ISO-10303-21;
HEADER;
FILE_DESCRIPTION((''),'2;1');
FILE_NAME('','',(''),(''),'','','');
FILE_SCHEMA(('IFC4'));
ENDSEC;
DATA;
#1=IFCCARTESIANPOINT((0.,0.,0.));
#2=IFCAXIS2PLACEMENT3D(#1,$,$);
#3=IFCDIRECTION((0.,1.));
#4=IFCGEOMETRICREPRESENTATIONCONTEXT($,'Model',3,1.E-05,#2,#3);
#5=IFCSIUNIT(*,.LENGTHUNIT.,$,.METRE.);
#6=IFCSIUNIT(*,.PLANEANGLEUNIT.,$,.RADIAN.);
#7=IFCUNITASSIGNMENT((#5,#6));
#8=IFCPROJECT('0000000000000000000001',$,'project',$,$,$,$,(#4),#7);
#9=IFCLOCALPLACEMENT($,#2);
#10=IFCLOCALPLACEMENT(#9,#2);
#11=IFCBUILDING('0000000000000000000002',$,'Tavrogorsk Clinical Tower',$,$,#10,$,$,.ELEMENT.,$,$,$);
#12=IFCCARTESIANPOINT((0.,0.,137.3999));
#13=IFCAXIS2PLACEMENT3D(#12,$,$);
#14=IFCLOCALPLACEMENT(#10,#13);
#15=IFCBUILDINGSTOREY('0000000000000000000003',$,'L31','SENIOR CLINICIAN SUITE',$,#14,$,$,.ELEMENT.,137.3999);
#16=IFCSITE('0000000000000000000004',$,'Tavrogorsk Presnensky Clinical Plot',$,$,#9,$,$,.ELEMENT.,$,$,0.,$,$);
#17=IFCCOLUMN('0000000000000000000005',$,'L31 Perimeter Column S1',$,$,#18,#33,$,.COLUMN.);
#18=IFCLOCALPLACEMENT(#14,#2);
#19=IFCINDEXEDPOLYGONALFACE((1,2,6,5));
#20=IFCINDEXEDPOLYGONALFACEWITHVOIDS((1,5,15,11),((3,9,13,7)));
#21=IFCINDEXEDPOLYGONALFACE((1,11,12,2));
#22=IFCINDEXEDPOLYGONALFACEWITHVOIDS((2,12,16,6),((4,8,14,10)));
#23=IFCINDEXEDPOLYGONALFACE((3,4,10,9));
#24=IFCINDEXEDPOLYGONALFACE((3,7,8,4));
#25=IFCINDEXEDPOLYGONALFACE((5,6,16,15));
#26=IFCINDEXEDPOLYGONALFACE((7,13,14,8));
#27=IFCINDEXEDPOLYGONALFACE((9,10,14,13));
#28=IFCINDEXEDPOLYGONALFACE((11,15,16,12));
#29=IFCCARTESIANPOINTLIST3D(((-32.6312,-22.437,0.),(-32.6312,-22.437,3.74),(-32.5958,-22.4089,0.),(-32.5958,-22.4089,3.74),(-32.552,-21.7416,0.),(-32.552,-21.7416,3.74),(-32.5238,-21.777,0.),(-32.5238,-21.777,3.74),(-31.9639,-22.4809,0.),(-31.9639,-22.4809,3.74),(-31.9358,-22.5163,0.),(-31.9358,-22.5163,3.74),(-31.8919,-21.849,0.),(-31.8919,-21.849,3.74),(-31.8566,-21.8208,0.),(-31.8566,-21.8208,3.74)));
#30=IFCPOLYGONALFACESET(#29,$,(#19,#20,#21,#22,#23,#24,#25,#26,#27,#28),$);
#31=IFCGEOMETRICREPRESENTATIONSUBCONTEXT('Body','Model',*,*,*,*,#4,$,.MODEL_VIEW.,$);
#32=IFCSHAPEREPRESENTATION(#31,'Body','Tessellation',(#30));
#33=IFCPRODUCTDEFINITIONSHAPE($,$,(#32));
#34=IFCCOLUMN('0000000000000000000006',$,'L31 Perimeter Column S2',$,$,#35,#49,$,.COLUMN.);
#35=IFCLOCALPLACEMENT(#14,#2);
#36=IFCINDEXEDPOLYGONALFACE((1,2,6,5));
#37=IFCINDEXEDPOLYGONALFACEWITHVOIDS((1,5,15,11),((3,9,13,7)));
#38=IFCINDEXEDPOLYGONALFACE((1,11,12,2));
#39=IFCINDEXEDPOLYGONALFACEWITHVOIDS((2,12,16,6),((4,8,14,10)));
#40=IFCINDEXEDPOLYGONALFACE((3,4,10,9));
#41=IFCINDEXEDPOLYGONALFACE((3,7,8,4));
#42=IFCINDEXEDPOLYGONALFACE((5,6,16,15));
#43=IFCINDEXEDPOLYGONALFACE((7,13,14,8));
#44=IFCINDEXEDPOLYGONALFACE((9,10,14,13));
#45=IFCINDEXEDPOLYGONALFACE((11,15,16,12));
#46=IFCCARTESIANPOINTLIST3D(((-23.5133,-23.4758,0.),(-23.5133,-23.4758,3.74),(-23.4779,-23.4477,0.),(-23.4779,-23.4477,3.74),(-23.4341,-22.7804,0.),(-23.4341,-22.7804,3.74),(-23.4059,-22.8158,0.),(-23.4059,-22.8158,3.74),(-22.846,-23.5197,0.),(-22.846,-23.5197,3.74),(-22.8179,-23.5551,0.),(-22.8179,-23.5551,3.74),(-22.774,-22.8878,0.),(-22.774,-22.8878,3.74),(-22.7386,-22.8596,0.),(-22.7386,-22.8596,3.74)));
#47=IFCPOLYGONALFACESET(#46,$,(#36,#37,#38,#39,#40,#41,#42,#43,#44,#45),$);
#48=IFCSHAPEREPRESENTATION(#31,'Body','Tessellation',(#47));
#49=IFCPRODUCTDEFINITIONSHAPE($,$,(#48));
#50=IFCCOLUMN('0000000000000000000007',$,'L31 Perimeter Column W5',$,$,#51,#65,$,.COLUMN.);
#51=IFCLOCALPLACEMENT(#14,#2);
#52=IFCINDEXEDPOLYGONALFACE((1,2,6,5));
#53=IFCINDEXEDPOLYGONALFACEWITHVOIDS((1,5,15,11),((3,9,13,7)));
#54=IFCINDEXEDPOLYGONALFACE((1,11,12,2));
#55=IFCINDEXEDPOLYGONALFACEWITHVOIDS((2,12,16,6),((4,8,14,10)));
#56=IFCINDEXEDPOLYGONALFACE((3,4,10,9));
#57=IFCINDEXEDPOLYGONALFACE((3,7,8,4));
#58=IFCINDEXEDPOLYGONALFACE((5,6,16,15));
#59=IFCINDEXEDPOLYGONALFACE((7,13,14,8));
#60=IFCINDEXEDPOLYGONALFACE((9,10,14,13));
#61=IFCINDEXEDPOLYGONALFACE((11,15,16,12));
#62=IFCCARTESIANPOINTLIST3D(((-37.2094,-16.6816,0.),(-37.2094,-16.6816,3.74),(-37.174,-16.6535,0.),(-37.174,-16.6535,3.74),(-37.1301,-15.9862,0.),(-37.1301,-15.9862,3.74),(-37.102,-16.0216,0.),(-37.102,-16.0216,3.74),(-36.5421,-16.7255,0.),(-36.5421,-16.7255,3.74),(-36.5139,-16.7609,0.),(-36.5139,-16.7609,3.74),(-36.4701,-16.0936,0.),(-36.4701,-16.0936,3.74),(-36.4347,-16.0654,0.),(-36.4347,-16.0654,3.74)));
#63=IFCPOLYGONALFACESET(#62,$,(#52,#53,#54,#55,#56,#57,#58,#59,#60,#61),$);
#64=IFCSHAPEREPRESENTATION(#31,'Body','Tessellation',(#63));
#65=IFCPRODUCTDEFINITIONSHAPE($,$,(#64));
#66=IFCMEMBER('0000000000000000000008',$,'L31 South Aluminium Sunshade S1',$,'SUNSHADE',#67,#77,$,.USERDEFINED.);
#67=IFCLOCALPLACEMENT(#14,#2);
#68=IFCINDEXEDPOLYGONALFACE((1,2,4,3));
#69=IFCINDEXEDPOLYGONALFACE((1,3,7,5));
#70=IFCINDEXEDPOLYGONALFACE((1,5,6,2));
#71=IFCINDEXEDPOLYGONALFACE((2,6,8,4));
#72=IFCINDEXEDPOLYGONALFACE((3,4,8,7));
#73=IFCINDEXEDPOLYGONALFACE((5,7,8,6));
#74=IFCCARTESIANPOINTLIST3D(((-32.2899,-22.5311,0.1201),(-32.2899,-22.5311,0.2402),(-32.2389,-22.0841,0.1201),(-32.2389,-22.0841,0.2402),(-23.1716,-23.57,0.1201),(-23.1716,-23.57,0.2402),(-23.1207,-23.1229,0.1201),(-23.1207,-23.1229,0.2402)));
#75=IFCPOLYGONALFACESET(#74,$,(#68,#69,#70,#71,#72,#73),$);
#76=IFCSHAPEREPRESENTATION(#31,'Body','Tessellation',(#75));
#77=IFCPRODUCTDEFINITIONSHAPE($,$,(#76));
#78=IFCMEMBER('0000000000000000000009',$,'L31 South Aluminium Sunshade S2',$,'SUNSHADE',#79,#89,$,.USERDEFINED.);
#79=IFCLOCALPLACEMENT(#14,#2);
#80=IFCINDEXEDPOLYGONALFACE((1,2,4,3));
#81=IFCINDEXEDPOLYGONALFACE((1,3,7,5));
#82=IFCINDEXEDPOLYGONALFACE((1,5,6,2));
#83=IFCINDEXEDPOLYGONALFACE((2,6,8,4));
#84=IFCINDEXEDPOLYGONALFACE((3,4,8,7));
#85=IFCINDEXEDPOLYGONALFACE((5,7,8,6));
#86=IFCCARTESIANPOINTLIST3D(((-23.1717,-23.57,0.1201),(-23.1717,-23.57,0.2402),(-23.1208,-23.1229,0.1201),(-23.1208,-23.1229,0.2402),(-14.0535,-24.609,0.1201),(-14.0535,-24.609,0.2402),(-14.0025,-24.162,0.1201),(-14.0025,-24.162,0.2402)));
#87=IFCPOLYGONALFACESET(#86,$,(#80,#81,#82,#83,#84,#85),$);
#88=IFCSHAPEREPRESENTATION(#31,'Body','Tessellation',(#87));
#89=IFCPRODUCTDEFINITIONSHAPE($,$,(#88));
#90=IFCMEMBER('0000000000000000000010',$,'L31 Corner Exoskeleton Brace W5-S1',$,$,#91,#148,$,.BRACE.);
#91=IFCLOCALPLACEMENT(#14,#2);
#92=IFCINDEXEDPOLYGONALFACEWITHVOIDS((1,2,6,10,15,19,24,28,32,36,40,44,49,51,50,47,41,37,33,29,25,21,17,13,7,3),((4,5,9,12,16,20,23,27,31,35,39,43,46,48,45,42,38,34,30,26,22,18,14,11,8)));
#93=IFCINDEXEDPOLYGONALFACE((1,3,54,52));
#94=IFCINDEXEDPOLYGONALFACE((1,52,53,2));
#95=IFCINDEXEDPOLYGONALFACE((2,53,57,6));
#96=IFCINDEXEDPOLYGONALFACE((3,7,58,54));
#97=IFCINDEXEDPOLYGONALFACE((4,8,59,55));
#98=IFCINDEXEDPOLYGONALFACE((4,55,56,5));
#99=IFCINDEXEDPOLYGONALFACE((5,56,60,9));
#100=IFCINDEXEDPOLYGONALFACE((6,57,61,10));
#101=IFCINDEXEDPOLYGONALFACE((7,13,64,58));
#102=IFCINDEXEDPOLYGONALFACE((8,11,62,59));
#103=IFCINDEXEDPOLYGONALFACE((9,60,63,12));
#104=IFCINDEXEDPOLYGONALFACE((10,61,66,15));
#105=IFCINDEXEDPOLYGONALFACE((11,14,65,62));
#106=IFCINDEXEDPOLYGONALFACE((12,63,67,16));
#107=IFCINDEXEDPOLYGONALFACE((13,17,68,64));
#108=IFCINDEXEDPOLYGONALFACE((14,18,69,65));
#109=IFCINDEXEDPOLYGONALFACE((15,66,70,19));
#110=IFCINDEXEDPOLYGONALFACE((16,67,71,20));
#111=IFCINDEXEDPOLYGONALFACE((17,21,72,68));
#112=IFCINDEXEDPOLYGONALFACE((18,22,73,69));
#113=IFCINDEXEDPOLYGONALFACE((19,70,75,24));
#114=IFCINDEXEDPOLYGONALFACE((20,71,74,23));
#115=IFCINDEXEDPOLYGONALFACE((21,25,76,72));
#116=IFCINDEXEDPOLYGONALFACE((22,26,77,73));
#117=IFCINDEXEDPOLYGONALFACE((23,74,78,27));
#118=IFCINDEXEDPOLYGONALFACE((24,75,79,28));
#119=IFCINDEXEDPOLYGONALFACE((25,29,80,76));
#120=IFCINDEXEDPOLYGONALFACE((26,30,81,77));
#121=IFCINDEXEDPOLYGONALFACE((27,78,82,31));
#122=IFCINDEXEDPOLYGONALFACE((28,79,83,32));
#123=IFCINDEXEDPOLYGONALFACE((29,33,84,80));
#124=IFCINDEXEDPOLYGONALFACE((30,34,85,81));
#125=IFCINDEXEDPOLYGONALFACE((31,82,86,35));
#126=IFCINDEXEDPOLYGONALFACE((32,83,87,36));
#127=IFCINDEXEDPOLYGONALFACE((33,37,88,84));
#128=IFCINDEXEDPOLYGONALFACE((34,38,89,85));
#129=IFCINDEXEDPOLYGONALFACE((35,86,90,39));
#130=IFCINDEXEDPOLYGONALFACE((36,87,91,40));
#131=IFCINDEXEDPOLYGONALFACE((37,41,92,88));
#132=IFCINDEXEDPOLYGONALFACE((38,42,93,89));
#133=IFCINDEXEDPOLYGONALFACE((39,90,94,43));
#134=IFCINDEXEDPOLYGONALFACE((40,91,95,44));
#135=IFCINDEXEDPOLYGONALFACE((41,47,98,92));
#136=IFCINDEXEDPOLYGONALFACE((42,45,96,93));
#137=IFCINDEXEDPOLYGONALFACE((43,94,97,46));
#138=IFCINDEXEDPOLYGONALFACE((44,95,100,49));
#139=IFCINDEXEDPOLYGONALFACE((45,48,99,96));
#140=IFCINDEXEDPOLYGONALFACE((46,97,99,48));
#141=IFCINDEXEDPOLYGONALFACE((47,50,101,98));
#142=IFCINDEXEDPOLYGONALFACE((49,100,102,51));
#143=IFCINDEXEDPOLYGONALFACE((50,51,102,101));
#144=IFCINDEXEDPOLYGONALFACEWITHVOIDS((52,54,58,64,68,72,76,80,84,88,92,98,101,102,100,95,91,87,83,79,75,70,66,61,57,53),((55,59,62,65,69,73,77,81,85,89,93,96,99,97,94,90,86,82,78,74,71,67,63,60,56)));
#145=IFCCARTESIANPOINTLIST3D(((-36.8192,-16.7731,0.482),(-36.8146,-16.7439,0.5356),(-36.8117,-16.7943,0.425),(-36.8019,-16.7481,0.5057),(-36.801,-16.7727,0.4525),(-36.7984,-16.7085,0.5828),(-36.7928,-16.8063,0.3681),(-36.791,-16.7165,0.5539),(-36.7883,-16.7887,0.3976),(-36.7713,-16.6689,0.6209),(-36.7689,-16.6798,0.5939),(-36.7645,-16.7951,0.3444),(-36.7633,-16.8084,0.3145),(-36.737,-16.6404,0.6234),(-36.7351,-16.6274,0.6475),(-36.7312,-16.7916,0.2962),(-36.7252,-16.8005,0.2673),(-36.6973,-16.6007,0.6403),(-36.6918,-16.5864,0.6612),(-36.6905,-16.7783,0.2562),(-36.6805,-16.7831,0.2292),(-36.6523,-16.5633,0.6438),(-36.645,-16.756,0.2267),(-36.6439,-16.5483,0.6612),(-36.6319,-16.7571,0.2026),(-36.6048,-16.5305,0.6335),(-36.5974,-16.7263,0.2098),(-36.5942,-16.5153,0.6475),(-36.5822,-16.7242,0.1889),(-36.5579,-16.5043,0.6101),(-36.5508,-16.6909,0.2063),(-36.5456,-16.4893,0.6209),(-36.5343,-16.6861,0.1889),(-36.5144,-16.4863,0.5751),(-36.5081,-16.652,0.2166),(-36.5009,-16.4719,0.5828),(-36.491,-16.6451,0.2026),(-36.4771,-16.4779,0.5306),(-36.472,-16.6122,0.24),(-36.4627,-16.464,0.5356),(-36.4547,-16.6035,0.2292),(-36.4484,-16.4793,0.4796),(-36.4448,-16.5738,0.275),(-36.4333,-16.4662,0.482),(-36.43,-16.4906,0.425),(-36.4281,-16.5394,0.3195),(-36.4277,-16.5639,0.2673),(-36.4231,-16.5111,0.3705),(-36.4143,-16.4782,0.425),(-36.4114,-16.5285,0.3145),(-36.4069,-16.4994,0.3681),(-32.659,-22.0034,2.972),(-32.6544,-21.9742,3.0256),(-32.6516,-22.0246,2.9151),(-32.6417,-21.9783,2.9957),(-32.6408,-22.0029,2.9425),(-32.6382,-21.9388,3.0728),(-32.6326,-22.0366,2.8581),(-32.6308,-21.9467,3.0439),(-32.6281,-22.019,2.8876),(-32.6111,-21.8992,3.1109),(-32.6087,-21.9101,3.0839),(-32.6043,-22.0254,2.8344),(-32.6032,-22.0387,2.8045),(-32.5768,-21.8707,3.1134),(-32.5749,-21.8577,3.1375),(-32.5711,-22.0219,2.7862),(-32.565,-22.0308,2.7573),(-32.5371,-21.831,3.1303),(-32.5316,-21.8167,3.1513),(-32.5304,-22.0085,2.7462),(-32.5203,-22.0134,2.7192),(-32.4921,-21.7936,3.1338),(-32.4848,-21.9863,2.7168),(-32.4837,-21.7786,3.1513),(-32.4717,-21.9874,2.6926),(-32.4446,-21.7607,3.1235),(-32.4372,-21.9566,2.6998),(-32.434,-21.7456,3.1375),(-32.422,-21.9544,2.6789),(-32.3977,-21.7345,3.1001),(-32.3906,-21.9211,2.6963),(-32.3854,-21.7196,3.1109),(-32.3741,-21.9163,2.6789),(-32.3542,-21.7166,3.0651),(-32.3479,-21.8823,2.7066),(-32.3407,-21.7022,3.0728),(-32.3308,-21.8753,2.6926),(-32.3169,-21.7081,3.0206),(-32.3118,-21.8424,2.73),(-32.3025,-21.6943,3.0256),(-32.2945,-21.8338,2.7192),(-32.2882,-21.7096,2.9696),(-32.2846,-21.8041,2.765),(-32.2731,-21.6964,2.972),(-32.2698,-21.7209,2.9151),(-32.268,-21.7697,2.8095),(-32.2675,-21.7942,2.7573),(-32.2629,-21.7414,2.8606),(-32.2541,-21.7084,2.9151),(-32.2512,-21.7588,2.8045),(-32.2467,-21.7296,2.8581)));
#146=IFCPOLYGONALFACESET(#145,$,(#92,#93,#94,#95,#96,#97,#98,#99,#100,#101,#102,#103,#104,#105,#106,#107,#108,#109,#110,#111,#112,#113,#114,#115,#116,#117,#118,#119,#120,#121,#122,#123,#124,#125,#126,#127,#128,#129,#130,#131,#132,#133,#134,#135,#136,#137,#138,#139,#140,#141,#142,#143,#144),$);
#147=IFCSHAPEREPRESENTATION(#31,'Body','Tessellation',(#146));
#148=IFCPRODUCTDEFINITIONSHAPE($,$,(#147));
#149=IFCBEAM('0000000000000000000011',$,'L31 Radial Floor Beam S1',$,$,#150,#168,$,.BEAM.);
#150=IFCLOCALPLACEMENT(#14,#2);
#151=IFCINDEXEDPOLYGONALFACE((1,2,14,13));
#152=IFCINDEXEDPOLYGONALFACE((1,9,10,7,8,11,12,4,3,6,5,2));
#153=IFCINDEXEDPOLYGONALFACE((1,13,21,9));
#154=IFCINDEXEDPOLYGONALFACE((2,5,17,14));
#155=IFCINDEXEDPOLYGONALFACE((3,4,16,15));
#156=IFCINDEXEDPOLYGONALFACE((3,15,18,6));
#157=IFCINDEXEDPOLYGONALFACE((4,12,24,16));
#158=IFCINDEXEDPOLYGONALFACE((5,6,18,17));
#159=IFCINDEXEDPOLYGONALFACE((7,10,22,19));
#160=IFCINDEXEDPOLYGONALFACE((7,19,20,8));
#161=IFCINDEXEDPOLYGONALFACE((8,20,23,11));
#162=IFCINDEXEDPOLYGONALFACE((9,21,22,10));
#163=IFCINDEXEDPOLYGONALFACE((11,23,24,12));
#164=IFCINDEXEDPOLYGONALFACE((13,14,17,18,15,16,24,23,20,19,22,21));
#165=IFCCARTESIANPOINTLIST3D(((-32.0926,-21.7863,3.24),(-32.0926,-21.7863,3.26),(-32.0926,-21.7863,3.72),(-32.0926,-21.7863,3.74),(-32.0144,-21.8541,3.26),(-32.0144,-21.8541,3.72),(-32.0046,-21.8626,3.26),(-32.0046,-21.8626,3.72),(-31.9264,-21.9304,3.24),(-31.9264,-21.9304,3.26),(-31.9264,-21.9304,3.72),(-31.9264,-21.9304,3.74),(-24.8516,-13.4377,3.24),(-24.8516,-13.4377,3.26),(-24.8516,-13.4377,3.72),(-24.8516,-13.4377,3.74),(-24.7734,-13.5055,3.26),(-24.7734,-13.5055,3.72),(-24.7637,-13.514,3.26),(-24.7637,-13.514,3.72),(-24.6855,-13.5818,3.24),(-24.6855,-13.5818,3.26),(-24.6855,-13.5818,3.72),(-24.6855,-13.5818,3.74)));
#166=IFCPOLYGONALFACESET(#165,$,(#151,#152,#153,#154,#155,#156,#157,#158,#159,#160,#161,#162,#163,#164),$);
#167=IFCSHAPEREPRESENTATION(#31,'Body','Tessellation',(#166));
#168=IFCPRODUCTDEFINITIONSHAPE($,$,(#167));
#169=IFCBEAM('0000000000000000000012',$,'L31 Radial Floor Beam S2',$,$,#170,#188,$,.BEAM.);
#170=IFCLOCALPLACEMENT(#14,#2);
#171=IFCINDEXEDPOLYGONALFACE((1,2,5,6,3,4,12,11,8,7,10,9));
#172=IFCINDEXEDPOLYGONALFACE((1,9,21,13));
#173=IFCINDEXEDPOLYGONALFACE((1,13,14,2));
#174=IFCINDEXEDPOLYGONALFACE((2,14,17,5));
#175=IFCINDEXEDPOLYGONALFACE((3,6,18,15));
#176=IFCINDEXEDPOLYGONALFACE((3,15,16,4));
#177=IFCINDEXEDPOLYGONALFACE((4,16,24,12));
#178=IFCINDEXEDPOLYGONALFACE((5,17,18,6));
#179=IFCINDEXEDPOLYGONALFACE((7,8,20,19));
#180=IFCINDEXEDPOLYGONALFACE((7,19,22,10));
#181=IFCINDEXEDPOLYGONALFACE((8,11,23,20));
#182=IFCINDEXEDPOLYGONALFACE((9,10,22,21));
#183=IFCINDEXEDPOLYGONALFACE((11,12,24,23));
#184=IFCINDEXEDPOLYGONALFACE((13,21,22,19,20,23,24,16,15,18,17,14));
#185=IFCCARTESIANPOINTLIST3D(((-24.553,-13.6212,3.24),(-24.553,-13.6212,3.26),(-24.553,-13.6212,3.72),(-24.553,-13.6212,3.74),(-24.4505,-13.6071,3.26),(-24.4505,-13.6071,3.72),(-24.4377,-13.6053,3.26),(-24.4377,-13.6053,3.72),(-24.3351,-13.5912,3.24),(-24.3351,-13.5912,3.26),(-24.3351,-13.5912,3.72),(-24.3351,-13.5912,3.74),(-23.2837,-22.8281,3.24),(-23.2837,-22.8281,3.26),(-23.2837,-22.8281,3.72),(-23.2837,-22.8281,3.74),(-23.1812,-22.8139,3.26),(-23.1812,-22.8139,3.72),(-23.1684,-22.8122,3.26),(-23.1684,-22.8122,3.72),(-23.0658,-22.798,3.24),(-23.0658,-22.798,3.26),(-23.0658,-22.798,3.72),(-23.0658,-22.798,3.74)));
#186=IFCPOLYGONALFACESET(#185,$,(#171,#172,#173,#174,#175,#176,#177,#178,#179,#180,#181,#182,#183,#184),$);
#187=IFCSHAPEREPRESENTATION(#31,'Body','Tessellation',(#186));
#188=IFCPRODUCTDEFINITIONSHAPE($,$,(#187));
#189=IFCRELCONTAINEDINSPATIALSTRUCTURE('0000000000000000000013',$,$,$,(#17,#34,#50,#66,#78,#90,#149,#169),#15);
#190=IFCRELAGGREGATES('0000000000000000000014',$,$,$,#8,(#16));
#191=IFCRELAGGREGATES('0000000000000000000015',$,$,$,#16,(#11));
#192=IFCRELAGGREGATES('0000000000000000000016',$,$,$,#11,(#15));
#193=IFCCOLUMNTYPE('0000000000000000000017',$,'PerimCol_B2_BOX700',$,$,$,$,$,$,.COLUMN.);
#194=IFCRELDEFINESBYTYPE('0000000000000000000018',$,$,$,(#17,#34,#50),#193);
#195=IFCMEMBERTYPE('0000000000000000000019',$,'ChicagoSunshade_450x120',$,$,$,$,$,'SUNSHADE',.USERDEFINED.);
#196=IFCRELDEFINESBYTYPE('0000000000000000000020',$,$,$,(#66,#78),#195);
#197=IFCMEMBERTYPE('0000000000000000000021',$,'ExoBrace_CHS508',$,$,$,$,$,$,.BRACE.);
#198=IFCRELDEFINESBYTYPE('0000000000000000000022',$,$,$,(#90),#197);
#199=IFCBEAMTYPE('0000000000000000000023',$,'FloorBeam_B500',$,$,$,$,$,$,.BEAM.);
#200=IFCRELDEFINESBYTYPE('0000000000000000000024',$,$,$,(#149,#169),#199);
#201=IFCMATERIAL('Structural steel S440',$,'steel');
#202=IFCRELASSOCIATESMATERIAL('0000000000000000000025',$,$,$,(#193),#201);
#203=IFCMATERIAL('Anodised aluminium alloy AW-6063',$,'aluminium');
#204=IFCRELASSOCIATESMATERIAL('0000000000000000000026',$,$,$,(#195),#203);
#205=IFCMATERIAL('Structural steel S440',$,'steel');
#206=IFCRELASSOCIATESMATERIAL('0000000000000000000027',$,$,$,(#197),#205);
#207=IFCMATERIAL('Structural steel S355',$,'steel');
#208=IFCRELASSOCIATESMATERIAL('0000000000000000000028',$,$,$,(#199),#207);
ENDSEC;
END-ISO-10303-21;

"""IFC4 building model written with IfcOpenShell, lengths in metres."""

from ifc_helpers import new_model, si_unit, direction, frame, origin, origin_2d, place, context, subcontext, project, spatial, rectangle, hollow_rectangle, hollow_circle, i_section, extrude, material, material_profile, profile_set, type_object, element, save


model = new_model("IFC4")

# Units and contexts
model_context = context("Model", 3, precision=1e-05, world=origin(), true_north=direction((0.0, 1.0)))
body_context = subcontext(model_context, "Body", "Model", "MODEL_VIEW")
ifc_project = project(units=[si_unit("LENGTHUNIT", "METRE"), si_unit("PLANEANGLEUNIT", "RADIAN")], contexts=[model_context])

# Site, building, storey
site_placement = place(None, origin())
site = spatial("IfcSite", under=ifc_project, at=site_placement, Name="Tavrogorsk Presnensky Clinical Plot", CompositionType="ELEMENT", RefElevation=0.0)
building_placement = place(site_placement, origin())
building = spatial("IfcBuilding", under=site, at=building_placement, Name="Tavrogorsk Clinical Tower", CompositionType="ELEMENT")
storey_placement = place(building_placement, frame((0.0, 0.0, 137.3999)))
storey = spatial("IfcBuildingStorey", under=building, at=storey_placement, Name="L31", Description="SENIOR CLINICIAN SUITE", CompositionType="ELEMENT", Elevation=137.3999)

# Columns
ifc_material_1 = material(Name="Structural steel S440", Category="steel")
ifc_material_profile_1 = material_profile(ifc_material_1, hollow_rectangle(XDim=0.7, YDim=0.7, WallThickness=0.032, at=origin_2d()), Name="BOX-700x700x32")
ifc_profile_set_1 = profile_set([ifc_material_profile_1], Name="Structural steel S440")
column_type = type_object("IfcColumnType", Name="PerimCol_B2_BOX700", PredefinedType="COLUMN", material=ifc_profile_set_1)
for number, where, z_axis, x_axis, name in (
    (1, (-32.2439, -22.1289, 0.0), (0.0, 0.0, 1.0), (0.993572, -0.113203, 0.0), "L31 Perimeter Column S1"),
    (2, (-23.126, -23.1677, 0.0), (0.0, 0.0, 1.0), (0.993572, -0.113203, 0.0), "L31 Perimeter Column S2"),
    (3, (-36.822, -16.3735, 0.0), (0.0, 0.0, 1.0), (0.993572, -0.113203, 0.0), "L31 Perimeter Column W5"),
):
    element("IfcColumn", number, at=place(storey_placement, frame(where, z_axis=z_axis, x_axis=x_axis)), inside=storey, type_object=column_type, Name=name, PredefinedType="COLUMN", context=body_context, shape_type="SweptSolid", body=[
        extrude(hollow_rectangle(XDim=0.7, YDim=0.7, WallThickness=0.032, at=origin_2d()), origin(), (0.0, 0.0, 1.0), 3.74),
    ])

# Members
ifc_material_2 = material(Name="Anodised aluminium alloy AW-6063", Category="aluminium")
ifc_material_profile_2 = material_profile(ifc_material_2, rectangle(XDim=0.45, YDim=0.1201, at=origin_2d()), Name="ALU-SUNSHADE-450x120")
ifc_profile_set_2 = profile_set([ifc_material_profile_2], Name="Anodised aluminium alloy AW-6063")
member_type_1 = type_object("IfcMemberType", Name="ChicagoSunshade_450x120", ElementType="SUNSHADE", PredefinedType="USERDEFINED", material=ifc_profile_set_2)
for number, where, z_axis, x_axis, name in (
    (4, (-32.2644, -22.3076, 0.1802), (0.993573, -0.113196, 0.0), (0.113196, 0.993573, 0.0), "L31 South Aluminium Sunshade S1"),
    (5, (-23.1462, -23.3464, 0.1802), (0.99357, -0.113222, 0.0), (0.113222, 0.99357, 0.0), "L31 South Aluminium Sunshade S2"),
):
    element("IfcMember", number, at=place(storey_placement, frame(where, z_axis=z_axis, x_axis=x_axis)), inside=storey, type_object=member_type_1, Name=name, ObjectType="SUNSHADE", PredefinedType="USERDEFINED", context=body_context, shape_type="SweptSolid", body=[
        extrude(rectangle(XDim=0.45, YDim=0.1201, at=origin_2d()), origin(), (0.0, 0.0, 1.0), 9.1772),
    ])
ifc_material_3 = material(Name="Structural steel S440", Category="steel")
ifc_material_profile_3 = material_profile(ifc_material_3, hollow_circle(Radius=0.2539, WallThickness=0.02, at=origin_2d()), Name="CHS-508x20")
ifc_profile_set_3 = profile_set([ifc_material_profile_3], Name="Structural steel S440")
member_type_2 = type_object("IfcMemberType", Name="ExoBrace_CHS508", PredefinedType="BRACE", material=ifc_profile_set_3)
member_1_placement = place(storey_placement, frame((-36.613, -16.6362, 0.425), z_axis=(0.583327, -0.733369, 0.34914), x_axis=(0.782619, 0.622501, 0.0)))
element("IfcMember", 6, at=member_1_placement, inside=storey, type_object=member_type_2, Name="L31 Corner Exoskeleton Brace W5-S1", PredefinedType="BRACE", context=body_context, shape_type="SweptSolid", body=[
    extrude(hollow_circle(Radius=0.2539, WallThickness=0.02, at=origin_2d()), origin(), (0.0, 0.0, 1.0), 7.1318),
])

# Beams
ifc_material_4 = material(Name="Structural steel S355", Category="steel")
ifc_material_profile_4 = material_profile(ifc_material_4, i_section(OverallWidth=0.22, OverallDepth=0.5, WebThickness=0.0129, FlangeThickness=0.02, at=origin_2d()), Name="B-500x220x13x20")
ifc_profile_set_4 = profile_set([ifc_material_profile_4], Name="Structural steel S355")
beam_type_1 = type_object("IfcBeamType", Name="FloorBeam_B500", PredefinedType="BEAM", material=ifc_profile_set_4)
beam_1_placement = place(storey_placement, frame((-24.7686, -13.5098, 3.49), z_axis=(-0.655214, -0.755443, 0.0), x_axis=(0.755443, -0.655214, 0.0)))
element("IfcBeam", 7, at=beam_1_placement, inside=storey, type_object=beam_type_1, Name="L31 Radial Floor Beam S1", PredefinedType="BEAM", context=body_context, shape_type="SweptSolid", body=[
    extrude(i_section(OverallWidth=0.22, OverallDepth=0.5, WebThickness=0.0129, FlangeThickness=0.02, at=origin_2d()), origin(), (0.0, 0.0, 1.0), 11.0513),
])
beam_2_placement = place(storey_placement, frame((-24.4441, -13.6062, 3.49), z_axis=(0.136573, -0.99063, 0.0), x_axis=(0.99063, 0.136573, 0.0)))
element("IfcBeam", 8, at=beam_2_placement, inside=storey, type_object=beam_type_1, Name="L31 Radial Floor Beam S2", PredefinedType="BEAM", context=body_context, shape_type="SweptSolid", body=[
    extrude(i_section(OverallWidth=0.22, OverallDepth=0.5, WebThickness=0.0129, FlangeThickness=0.02, at=origin_2d()), origin(), (0.0, 0.0, 1.0), 9.2939),
])

save(model, "model.ifc")
